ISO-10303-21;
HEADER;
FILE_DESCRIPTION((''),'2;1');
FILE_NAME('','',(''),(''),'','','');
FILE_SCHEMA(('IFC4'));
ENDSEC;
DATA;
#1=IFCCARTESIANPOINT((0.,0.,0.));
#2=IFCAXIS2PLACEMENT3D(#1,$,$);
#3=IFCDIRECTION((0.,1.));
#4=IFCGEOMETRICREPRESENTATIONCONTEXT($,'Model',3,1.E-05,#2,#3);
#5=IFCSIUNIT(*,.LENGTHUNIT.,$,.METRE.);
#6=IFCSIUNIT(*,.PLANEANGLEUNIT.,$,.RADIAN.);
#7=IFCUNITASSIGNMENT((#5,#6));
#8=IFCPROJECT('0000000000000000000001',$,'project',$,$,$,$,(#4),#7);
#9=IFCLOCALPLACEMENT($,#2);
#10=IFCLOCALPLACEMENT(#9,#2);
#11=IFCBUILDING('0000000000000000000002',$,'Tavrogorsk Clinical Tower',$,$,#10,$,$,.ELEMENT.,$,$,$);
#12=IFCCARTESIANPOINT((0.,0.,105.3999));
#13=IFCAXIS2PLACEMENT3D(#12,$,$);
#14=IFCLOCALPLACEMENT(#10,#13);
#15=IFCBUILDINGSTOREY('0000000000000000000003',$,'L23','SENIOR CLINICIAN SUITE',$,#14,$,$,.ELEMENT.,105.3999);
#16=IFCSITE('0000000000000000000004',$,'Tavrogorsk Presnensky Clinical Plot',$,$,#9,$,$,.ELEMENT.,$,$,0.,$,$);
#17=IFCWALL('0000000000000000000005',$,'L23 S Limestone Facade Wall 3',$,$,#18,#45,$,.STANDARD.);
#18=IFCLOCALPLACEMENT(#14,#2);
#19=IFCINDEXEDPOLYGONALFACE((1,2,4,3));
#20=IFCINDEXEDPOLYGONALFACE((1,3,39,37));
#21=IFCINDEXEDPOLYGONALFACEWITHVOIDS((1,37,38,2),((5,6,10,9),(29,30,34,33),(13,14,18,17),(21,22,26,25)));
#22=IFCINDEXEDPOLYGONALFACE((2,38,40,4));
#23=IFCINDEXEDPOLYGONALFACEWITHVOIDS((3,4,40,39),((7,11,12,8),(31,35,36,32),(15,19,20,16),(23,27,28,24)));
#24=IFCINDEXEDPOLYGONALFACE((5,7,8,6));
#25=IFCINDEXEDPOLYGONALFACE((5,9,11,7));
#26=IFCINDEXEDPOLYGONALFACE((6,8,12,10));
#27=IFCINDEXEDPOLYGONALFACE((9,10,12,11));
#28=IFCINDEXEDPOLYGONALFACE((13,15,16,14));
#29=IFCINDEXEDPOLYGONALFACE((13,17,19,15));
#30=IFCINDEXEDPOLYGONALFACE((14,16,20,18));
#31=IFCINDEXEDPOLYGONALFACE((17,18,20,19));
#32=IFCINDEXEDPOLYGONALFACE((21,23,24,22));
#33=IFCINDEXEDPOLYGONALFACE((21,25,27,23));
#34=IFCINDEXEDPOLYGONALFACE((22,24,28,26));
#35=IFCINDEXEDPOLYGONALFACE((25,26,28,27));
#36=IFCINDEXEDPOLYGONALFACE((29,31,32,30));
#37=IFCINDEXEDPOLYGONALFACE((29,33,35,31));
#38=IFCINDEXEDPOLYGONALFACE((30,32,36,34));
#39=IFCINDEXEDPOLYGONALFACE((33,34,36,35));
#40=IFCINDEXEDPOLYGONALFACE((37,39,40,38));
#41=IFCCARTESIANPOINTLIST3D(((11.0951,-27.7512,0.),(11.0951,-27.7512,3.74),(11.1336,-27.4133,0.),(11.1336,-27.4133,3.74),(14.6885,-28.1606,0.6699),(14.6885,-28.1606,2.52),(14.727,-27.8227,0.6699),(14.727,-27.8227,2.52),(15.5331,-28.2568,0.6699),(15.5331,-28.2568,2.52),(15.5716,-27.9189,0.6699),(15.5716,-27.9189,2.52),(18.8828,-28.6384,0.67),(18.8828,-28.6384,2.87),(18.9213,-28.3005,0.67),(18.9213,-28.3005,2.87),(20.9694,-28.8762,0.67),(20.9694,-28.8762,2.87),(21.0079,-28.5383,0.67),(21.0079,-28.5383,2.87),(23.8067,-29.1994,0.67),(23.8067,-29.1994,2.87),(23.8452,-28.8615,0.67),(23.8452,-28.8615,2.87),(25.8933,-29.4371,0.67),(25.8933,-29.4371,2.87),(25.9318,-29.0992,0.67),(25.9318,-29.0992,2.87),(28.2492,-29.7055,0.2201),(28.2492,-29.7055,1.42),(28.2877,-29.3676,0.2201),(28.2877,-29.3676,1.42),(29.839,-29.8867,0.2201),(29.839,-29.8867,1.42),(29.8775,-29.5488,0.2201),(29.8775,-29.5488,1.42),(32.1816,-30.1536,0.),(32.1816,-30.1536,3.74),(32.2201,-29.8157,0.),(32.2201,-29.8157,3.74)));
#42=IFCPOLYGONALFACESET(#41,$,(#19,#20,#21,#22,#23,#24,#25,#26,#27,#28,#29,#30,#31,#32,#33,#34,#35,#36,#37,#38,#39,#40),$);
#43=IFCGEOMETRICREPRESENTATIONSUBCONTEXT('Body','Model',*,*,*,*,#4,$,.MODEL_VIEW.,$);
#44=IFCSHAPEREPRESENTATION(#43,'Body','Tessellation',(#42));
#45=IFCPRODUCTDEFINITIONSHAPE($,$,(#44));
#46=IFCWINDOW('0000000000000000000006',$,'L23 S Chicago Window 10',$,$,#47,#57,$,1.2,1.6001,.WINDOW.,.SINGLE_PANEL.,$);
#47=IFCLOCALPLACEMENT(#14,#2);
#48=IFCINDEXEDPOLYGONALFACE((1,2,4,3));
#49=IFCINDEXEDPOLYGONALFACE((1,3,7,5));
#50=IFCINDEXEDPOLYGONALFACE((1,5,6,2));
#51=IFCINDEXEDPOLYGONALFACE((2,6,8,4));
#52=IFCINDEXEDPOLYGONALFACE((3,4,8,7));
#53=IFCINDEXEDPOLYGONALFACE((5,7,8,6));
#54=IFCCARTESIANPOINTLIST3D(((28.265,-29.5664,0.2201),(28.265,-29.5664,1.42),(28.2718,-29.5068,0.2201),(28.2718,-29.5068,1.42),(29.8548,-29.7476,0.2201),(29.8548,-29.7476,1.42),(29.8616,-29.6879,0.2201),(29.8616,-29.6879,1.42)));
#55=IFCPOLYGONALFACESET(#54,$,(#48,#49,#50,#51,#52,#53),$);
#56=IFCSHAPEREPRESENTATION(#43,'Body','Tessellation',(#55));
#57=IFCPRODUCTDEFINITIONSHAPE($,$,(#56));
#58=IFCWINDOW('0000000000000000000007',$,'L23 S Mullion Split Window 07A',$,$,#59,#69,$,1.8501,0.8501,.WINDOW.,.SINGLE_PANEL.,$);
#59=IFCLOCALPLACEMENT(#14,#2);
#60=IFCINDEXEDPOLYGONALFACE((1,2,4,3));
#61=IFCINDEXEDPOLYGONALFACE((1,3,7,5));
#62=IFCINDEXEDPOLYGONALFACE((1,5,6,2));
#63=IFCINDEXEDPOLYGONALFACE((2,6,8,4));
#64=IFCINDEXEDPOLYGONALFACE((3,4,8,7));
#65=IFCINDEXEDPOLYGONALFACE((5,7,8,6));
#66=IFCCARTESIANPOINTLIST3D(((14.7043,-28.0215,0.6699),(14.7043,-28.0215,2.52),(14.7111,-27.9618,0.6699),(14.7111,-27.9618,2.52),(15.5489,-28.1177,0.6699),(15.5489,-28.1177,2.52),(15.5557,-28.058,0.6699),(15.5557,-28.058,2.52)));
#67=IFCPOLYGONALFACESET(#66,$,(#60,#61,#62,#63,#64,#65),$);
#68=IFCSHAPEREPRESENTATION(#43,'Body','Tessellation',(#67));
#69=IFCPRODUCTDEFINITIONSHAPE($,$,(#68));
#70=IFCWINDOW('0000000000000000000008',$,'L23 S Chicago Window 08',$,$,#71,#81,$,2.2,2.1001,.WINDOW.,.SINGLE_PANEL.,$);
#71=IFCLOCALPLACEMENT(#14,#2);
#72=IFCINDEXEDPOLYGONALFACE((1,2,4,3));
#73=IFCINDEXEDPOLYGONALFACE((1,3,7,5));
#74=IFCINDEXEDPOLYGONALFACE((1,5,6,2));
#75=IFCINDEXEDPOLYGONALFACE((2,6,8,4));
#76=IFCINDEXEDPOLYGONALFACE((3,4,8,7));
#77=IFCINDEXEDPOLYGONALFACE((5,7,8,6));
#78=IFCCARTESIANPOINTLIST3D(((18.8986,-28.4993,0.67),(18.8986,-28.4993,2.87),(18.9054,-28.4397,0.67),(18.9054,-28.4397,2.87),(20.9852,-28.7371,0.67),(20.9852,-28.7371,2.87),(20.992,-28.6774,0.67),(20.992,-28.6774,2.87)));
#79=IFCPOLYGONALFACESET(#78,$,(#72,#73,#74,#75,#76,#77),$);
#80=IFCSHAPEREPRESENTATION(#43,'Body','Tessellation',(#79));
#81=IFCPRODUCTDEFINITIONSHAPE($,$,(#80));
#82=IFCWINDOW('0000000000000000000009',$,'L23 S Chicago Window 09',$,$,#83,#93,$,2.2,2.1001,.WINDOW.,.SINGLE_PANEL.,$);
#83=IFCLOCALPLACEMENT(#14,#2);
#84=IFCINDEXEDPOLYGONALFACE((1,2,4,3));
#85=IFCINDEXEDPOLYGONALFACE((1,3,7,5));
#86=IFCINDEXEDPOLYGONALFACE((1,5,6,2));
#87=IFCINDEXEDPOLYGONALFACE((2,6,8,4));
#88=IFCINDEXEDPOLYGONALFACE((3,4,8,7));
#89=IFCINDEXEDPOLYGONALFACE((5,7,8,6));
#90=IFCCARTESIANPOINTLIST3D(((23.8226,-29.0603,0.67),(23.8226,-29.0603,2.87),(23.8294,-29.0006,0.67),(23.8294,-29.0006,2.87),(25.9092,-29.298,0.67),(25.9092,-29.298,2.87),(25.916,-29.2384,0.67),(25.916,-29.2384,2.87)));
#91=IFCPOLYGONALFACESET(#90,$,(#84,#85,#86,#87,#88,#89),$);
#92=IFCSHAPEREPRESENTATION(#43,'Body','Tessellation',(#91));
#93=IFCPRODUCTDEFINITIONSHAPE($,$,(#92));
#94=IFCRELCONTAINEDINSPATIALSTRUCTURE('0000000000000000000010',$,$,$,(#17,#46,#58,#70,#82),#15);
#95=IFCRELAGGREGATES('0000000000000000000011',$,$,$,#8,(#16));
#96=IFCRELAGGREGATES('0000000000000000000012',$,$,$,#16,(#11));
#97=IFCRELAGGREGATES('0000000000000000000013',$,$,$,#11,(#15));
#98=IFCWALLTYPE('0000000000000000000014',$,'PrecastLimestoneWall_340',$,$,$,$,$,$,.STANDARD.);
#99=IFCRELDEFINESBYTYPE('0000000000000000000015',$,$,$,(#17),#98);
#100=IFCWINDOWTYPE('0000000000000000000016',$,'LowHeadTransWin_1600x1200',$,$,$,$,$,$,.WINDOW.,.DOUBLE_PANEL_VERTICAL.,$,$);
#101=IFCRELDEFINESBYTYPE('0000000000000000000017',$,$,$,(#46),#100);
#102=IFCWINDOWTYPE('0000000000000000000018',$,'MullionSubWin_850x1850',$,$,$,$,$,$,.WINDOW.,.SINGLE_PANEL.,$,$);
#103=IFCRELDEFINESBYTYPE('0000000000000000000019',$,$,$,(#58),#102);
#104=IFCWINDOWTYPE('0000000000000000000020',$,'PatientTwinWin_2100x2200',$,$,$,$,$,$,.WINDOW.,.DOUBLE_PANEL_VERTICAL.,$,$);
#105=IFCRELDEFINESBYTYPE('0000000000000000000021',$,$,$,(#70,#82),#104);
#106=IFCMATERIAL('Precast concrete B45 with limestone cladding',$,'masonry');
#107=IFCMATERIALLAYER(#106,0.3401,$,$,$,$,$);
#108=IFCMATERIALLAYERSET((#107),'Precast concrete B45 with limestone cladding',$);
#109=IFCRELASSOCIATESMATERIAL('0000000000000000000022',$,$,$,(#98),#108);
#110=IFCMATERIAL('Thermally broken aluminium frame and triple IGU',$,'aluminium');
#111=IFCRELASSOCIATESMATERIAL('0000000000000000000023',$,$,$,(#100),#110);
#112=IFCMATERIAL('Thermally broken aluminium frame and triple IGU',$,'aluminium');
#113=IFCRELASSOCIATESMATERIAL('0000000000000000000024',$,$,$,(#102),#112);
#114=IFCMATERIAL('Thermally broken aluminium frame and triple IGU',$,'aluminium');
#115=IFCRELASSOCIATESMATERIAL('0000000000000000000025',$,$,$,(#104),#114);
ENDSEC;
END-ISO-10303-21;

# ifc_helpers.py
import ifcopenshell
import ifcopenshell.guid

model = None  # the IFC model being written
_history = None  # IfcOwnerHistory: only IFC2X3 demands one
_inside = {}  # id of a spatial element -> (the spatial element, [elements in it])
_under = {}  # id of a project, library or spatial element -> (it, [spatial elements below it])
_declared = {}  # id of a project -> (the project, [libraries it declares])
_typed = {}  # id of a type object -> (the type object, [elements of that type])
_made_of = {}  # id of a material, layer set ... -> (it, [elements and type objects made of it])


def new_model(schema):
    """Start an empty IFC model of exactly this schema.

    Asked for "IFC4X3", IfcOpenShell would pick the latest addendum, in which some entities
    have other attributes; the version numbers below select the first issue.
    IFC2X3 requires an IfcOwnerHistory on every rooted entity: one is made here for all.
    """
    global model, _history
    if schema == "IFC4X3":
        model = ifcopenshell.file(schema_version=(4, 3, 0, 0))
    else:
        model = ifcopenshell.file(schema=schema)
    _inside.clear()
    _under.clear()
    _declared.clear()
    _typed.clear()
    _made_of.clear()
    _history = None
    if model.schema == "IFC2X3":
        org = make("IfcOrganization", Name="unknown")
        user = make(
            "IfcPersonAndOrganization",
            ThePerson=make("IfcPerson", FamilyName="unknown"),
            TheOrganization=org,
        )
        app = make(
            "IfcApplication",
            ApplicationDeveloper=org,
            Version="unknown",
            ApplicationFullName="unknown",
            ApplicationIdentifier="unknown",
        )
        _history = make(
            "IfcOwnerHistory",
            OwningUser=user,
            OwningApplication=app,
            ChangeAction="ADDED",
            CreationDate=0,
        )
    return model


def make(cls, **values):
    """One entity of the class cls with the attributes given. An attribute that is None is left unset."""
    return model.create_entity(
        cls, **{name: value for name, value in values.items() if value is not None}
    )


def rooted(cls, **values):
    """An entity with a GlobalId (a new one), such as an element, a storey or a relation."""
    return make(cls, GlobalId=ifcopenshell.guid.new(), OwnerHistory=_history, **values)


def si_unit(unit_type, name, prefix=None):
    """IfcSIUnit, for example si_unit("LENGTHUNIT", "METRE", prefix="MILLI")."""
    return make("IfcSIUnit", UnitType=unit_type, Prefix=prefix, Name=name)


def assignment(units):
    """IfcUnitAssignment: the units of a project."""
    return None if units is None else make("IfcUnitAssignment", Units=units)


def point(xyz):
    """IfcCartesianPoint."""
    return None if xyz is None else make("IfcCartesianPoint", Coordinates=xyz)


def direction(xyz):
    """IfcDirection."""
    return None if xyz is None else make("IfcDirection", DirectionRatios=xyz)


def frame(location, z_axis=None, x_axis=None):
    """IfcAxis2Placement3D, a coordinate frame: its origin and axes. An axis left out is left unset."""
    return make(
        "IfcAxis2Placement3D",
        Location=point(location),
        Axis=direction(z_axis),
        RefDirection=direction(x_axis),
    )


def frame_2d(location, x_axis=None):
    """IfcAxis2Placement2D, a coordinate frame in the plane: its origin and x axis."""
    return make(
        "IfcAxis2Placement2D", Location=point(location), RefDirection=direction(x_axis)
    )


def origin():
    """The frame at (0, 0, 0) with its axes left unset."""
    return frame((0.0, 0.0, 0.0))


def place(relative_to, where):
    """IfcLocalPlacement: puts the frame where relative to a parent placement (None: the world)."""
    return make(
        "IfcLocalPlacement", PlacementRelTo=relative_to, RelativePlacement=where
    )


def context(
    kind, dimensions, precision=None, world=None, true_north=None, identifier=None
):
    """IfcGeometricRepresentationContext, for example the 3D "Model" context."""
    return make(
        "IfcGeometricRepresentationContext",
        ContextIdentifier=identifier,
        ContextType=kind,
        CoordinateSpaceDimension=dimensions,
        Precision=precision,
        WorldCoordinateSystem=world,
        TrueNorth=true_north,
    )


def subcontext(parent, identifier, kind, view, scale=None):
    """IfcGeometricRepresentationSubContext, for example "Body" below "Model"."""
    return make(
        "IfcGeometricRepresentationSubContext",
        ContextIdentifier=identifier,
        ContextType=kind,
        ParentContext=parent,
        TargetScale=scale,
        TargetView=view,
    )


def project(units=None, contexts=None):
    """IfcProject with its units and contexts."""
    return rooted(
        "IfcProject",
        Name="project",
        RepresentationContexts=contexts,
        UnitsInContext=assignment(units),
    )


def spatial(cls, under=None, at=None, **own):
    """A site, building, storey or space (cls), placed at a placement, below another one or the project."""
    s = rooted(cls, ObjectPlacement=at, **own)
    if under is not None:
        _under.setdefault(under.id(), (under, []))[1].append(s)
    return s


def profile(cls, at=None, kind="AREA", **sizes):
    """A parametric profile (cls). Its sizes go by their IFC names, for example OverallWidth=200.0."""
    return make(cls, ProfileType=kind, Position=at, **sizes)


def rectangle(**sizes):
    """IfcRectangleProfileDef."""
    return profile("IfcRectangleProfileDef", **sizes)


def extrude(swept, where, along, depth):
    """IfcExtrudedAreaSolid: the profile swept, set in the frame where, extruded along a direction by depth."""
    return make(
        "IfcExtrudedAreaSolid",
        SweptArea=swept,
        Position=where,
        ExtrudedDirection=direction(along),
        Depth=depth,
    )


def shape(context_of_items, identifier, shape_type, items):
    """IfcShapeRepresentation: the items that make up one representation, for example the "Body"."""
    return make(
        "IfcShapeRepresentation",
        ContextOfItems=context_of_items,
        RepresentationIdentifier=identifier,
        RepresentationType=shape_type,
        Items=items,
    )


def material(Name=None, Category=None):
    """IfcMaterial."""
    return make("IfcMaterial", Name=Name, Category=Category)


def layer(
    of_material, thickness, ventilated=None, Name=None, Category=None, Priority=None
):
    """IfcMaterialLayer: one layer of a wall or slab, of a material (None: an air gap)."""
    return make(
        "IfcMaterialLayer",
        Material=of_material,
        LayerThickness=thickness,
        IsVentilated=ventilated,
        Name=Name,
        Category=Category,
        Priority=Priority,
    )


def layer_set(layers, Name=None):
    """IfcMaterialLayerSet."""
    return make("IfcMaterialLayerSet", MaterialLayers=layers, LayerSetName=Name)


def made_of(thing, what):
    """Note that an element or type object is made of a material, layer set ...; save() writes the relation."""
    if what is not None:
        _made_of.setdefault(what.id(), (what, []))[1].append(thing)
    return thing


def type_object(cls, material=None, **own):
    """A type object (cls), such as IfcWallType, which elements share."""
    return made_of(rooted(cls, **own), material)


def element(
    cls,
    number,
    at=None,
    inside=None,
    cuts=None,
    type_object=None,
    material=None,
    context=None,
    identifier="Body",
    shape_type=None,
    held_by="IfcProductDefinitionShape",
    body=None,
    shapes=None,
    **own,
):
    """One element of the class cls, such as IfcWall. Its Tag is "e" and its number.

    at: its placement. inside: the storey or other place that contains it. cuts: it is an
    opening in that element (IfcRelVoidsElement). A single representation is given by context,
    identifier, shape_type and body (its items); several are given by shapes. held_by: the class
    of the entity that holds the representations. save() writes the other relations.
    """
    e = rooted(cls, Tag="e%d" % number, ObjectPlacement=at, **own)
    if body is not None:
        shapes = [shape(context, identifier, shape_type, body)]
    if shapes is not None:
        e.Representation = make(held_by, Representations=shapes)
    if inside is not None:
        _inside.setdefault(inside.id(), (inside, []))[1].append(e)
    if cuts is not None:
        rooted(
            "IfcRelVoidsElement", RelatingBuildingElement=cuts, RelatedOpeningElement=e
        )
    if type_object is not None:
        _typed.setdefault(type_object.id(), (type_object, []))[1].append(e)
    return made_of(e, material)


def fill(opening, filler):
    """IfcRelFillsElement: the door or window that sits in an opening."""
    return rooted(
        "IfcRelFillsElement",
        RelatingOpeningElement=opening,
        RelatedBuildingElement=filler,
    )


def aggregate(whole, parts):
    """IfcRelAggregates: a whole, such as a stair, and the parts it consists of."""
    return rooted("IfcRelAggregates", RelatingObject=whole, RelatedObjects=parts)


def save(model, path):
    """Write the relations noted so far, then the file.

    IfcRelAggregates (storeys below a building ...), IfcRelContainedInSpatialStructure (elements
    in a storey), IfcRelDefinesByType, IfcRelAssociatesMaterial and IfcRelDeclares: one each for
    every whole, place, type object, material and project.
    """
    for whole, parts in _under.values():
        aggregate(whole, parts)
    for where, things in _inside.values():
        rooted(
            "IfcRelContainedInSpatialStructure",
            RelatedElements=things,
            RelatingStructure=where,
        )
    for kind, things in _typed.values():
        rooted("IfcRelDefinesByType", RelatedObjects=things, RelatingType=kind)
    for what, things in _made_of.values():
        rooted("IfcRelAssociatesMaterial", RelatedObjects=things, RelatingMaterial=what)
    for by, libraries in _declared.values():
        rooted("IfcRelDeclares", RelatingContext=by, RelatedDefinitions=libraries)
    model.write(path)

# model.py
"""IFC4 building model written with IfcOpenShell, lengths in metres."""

from ifc_helpers import new_model, si_unit, direction, frame, frame_2d, origin, place, context, subcontext, project, spatial, rectangle, extrude, material, layer, layer_set, type_object, element, fill, save


model = new_model("IFC4")

# Units and contexts
model_context = context("Model", 3, precision=1e-05, world=origin(), true_north=direction((0.0, 1.0)))
body_context = subcontext(model_context, "Body", "Model", "MODEL_VIEW")
ifc_project = project(units=[si_unit("LENGTHUNIT", "METRE"), si_unit("PLANEANGLEUNIT", "RADIAN")], contexts=[model_context])

# Site, building, storey
site_placement = place(None, origin())
site = spatial("IfcSite", under=ifc_project, at=site_placement, Name="Tavrogorsk Presnensky Clinical Plot", CompositionType="ELEMENT", RefElevation=0.0)
building_placement = place(site_placement, origin())
building = spatial("IfcBuilding", under=site, at=building_placement, Name="Tavrogorsk Clinical Tower", CompositionType="ELEMENT")
storey_placement = place(building_placement, frame((0.0, 0.0, 105.3999)))
storey = spatial("IfcBuildingStorey", under=building, at=storey_placement, Name="L23", Description="SENIOR CLINICIAN SUITE", CompositionType="ELEMENT", Elevation=105.3999)

# Wall, openings, windows
ifc_material_1 = material(Name="Precast concrete B45 with limestone cladding", Category="masonry")
ifc_layer_1 = layer(ifc_material_1, 0.3401)
ifc_layer_set_1 = layer_set([ifc_layer_1], Name="Precast concrete B45 with limestone cladding")
wall_type_1 = type_object("IfcWallType", Name="PrecastLimestoneWall_340", PredefinedType="STANDARD", material=ifc_layer_set_1)
wall_1_placement = place(storey_placement, frame((11.1145, -27.5823, 0.0), z_axis=(0.0, 0.0, 1.0), x_axis=(0.993573, -0.113196, 0.0)))
wall_1 = element("IfcWall", 1, at=wall_1_placement, inside=storey, type_object=wall_type_1, Name="L23 S Limestone Facade Wall 3", PredefinedType="STANDARD", context=body_context, shape_type="SweptSolid", body=[
    extrude(rectangle(XDim=21.2229, YDim=0.3401, at=frame_2d((10.6113, 0.0))), origin(), (0.0, 0.0, 1.0), 3.74),
])
opening_1_placement = place(wall_1_placement, frame((3.6165, 0.0, 0.6699)))
opening_1 = element("IfcOpeningElement", 2, at=opening_1_placement, cuts=wall_1, PredefinedType="OPENING", context=body_context, shape_type="SweptSolid", body=[
    extrude(rectangle(XDim=0.8501, YDim=1.8501, at=frame_2d((0.425, 0.925))), frame((0.0, 0.1799, 0.0), z_axis=(0.0, -1.0, 0.0), x_axis=(1.0, 0.0, 0.0)), (0.0, 0.0, 1.0), 0.3601),
])
opening_2_placement = place(wall_1_placement, frame((7.8379, 0.0, 0.6699)))
opening_2 = element("IfcOpeningElement", 3, at=opening_2_placement, cuts=wall_1, PredefinedType="OPENING", context=body_context, shape_type="SweptSolid", body=[
    extrude(rectangle(XDim=2.1001, YDim=2.2, at=frame_2d((1.05, 1.1001))), frame((0.0, 0.1799, 0.0), z_axis=(0.0, -1.0, 0.0), x_axis=(1.0, 0.0, 0.0)), (0.0, 0.0, 1.0), 0.3601),
])
opening_3_placement = place(wall_1_placement, frame((12.7937, 0.0, 0.6699)))
opening_3 = element("IfcOpeningElement", 4, at=opening_3_placement, cuts=wall_1, PredefinedType="OPENING", context=body_context, shape_type="SweptSolid", body=[
    extrude(rectangle(XDim=2.1001, YDim=2.2, at=frame_2d((1.05, 1.1001))), frame((0.0, 0.1799, 0.0), z_axis=(0.0, -1.0, 0.0), x_axis=(1.0, 0.0, 0.0)), (0.0, 0.0, 1.0), 0.3601),
])
opening_4_placement = place(wall_1_placement, frame((17.2649, 0.0, 0.22)))
opening_4 = element("IfcOpeningElement", 5, at=opening_4_placement, cuts=wall_1, PredefinedType="OPENING", context=body_context, shape_type="SweptSolid", body=[
    extrude(rectangle(XDim=1.6001, YDim=1.2, at=frame_2d((0.8, 0.6001))), frame((0.0, 0.1799, 0.0), z_axis=(0.0, -1.0, 0.0), x_axis=(1.0, 0.0, 0.0)), (0.0, 0.0, 1.0), 0.3601),
])
ifc_material_2 = material(Name="Thermally broken aluminium frame and triple IGU", Category="aluminium")
window_type_1 = type_object("IfcWindowType", Name="LowHeadTransWin_1600x1200", PartitioningType="DOUBLE_PANEL_VERTICAL", PredefinedType="WINDOW", material=ifc_material_2)
window_1_placement = place(opening_4_placement, origin())
window_1 = element("IfcWindow", 6, at=window_1_placement, inside=storey, type_object=window_type_1, Name="L23 S Chicago Window 10", OverallHeight=1.2, OverallWidth=1.6001, PartitioningType="SINGLE_PANEL", PredefinedType="WINDOW", context=body_context, shape_type="SweptSolid", body=[
    extrude(rectangle(XDim=1.6001, YDim=1.2, at=frame_2d((0.8, 0.6001))), frame((0.0, 0.03, 0.0), z_axis=(0.0, -1.0, 0.0), x_axis=(1.0, 0.0, 0.0)), (0.0, 0.0, 1.0), 0.0601),
])
fill(opening_4, window_1)
ifc_material_3 = material(Name="Thermally broken aluminium frame and triple IGU", Category="aluminium")
window_type_2 = type_object("IfcWindowType", Name="MullionSubWin_850x1850", PartitioningType="SINGLE_PANEL", PredefinedType="WINDOW", material=ifc_material_3)
window_2_placement = place(opening_1_placement, origin())
window_2 = element("IfcWindow", 7, at=window_2_placement, inside=storey, type_object=window_type_2, Name="L23 S Mullion Split Window 07A", OverallHeight=1.8501, OverallWidth=0.8501, PartitioningType="SINGLE_PANEL", PredefinedType="WINDOW", context=body_context, shape_type="SweptSolid", body=[
    extrude(rectangle(XDim=0.8501, YDim=1.8501, at=frame_2d((0.425, 0.925))), frame((0.0, 0.03, 0.0), z_axis=(0.0, -1.0, 0.0), x_axis=(1.0, 0.0, 0.0)), (0.0, 0.0, 1.0), 0.0601),
])
fill(opening_1, window_2)
ifc_material_4 = material(Name="Thermally broken aluminium frame and triple IGU", Category="aluminium")
window_type_3 = type_object("IfcWindowType", Name="PatientTwinWin_2100x2200", PartitioningType="DOUBLE_PANEL_VERTICAL", PredefinedType="WINDOW", material=ifc_material_4)
window_3_placement = place(opening_2_placement, origin())
window_3 = element("IfcWindow", 8, at=window_3_placement, inside=storey, type_object=window_type_3, Name="L23 S Chicago Window 08", OverallHeight=2.2, OverallWidth=2.1001, PartitioningType="SINGLE_PANEL", PredefinedType="WINDOW", context=body_context, shape_type="SweptSolid", body=[
    extrude(rectangle(XDim=2.1001, YDim=2.2, at=frame_2d((1.05, 1.1001))), frame((0.0, 0.03, 0.0), z_axis=(0.0, -1.0, 0.0), x_axis=(1.0, 0.0, 0.0)), (0.0, 0.0, 1.0), 0.0601),
])
fill(opening_2, window_3)
window_4_placement = place(opening_3_placement, origin())
window_4 = element("IfcWindow", 9, at=window_4_placement, inside=storey, type_object=window_type_3, Name="L23 S Chicago Window 09", OverallHeight=2.2, OverallWidth=2.1001, PartitioningType="SINGLE_PANEL", PredefinedType="WINDOW", context=body_context, shape_type="SweptSolid", body=[
    extrude(rectangle(XDim=2.1001, YDim=2.2, at=frame_2d((1.05, 1.1001))), frame((0.0, 0.03, 0.0), z_axis=(0.0, -1.0, 0.0), x_axis=(1.0, 0.0, 0.0)), (0.0, 0.0, 1.0), 0.0601),
])
fill(opening_3, window_4)

save(model, "model.ifc")
